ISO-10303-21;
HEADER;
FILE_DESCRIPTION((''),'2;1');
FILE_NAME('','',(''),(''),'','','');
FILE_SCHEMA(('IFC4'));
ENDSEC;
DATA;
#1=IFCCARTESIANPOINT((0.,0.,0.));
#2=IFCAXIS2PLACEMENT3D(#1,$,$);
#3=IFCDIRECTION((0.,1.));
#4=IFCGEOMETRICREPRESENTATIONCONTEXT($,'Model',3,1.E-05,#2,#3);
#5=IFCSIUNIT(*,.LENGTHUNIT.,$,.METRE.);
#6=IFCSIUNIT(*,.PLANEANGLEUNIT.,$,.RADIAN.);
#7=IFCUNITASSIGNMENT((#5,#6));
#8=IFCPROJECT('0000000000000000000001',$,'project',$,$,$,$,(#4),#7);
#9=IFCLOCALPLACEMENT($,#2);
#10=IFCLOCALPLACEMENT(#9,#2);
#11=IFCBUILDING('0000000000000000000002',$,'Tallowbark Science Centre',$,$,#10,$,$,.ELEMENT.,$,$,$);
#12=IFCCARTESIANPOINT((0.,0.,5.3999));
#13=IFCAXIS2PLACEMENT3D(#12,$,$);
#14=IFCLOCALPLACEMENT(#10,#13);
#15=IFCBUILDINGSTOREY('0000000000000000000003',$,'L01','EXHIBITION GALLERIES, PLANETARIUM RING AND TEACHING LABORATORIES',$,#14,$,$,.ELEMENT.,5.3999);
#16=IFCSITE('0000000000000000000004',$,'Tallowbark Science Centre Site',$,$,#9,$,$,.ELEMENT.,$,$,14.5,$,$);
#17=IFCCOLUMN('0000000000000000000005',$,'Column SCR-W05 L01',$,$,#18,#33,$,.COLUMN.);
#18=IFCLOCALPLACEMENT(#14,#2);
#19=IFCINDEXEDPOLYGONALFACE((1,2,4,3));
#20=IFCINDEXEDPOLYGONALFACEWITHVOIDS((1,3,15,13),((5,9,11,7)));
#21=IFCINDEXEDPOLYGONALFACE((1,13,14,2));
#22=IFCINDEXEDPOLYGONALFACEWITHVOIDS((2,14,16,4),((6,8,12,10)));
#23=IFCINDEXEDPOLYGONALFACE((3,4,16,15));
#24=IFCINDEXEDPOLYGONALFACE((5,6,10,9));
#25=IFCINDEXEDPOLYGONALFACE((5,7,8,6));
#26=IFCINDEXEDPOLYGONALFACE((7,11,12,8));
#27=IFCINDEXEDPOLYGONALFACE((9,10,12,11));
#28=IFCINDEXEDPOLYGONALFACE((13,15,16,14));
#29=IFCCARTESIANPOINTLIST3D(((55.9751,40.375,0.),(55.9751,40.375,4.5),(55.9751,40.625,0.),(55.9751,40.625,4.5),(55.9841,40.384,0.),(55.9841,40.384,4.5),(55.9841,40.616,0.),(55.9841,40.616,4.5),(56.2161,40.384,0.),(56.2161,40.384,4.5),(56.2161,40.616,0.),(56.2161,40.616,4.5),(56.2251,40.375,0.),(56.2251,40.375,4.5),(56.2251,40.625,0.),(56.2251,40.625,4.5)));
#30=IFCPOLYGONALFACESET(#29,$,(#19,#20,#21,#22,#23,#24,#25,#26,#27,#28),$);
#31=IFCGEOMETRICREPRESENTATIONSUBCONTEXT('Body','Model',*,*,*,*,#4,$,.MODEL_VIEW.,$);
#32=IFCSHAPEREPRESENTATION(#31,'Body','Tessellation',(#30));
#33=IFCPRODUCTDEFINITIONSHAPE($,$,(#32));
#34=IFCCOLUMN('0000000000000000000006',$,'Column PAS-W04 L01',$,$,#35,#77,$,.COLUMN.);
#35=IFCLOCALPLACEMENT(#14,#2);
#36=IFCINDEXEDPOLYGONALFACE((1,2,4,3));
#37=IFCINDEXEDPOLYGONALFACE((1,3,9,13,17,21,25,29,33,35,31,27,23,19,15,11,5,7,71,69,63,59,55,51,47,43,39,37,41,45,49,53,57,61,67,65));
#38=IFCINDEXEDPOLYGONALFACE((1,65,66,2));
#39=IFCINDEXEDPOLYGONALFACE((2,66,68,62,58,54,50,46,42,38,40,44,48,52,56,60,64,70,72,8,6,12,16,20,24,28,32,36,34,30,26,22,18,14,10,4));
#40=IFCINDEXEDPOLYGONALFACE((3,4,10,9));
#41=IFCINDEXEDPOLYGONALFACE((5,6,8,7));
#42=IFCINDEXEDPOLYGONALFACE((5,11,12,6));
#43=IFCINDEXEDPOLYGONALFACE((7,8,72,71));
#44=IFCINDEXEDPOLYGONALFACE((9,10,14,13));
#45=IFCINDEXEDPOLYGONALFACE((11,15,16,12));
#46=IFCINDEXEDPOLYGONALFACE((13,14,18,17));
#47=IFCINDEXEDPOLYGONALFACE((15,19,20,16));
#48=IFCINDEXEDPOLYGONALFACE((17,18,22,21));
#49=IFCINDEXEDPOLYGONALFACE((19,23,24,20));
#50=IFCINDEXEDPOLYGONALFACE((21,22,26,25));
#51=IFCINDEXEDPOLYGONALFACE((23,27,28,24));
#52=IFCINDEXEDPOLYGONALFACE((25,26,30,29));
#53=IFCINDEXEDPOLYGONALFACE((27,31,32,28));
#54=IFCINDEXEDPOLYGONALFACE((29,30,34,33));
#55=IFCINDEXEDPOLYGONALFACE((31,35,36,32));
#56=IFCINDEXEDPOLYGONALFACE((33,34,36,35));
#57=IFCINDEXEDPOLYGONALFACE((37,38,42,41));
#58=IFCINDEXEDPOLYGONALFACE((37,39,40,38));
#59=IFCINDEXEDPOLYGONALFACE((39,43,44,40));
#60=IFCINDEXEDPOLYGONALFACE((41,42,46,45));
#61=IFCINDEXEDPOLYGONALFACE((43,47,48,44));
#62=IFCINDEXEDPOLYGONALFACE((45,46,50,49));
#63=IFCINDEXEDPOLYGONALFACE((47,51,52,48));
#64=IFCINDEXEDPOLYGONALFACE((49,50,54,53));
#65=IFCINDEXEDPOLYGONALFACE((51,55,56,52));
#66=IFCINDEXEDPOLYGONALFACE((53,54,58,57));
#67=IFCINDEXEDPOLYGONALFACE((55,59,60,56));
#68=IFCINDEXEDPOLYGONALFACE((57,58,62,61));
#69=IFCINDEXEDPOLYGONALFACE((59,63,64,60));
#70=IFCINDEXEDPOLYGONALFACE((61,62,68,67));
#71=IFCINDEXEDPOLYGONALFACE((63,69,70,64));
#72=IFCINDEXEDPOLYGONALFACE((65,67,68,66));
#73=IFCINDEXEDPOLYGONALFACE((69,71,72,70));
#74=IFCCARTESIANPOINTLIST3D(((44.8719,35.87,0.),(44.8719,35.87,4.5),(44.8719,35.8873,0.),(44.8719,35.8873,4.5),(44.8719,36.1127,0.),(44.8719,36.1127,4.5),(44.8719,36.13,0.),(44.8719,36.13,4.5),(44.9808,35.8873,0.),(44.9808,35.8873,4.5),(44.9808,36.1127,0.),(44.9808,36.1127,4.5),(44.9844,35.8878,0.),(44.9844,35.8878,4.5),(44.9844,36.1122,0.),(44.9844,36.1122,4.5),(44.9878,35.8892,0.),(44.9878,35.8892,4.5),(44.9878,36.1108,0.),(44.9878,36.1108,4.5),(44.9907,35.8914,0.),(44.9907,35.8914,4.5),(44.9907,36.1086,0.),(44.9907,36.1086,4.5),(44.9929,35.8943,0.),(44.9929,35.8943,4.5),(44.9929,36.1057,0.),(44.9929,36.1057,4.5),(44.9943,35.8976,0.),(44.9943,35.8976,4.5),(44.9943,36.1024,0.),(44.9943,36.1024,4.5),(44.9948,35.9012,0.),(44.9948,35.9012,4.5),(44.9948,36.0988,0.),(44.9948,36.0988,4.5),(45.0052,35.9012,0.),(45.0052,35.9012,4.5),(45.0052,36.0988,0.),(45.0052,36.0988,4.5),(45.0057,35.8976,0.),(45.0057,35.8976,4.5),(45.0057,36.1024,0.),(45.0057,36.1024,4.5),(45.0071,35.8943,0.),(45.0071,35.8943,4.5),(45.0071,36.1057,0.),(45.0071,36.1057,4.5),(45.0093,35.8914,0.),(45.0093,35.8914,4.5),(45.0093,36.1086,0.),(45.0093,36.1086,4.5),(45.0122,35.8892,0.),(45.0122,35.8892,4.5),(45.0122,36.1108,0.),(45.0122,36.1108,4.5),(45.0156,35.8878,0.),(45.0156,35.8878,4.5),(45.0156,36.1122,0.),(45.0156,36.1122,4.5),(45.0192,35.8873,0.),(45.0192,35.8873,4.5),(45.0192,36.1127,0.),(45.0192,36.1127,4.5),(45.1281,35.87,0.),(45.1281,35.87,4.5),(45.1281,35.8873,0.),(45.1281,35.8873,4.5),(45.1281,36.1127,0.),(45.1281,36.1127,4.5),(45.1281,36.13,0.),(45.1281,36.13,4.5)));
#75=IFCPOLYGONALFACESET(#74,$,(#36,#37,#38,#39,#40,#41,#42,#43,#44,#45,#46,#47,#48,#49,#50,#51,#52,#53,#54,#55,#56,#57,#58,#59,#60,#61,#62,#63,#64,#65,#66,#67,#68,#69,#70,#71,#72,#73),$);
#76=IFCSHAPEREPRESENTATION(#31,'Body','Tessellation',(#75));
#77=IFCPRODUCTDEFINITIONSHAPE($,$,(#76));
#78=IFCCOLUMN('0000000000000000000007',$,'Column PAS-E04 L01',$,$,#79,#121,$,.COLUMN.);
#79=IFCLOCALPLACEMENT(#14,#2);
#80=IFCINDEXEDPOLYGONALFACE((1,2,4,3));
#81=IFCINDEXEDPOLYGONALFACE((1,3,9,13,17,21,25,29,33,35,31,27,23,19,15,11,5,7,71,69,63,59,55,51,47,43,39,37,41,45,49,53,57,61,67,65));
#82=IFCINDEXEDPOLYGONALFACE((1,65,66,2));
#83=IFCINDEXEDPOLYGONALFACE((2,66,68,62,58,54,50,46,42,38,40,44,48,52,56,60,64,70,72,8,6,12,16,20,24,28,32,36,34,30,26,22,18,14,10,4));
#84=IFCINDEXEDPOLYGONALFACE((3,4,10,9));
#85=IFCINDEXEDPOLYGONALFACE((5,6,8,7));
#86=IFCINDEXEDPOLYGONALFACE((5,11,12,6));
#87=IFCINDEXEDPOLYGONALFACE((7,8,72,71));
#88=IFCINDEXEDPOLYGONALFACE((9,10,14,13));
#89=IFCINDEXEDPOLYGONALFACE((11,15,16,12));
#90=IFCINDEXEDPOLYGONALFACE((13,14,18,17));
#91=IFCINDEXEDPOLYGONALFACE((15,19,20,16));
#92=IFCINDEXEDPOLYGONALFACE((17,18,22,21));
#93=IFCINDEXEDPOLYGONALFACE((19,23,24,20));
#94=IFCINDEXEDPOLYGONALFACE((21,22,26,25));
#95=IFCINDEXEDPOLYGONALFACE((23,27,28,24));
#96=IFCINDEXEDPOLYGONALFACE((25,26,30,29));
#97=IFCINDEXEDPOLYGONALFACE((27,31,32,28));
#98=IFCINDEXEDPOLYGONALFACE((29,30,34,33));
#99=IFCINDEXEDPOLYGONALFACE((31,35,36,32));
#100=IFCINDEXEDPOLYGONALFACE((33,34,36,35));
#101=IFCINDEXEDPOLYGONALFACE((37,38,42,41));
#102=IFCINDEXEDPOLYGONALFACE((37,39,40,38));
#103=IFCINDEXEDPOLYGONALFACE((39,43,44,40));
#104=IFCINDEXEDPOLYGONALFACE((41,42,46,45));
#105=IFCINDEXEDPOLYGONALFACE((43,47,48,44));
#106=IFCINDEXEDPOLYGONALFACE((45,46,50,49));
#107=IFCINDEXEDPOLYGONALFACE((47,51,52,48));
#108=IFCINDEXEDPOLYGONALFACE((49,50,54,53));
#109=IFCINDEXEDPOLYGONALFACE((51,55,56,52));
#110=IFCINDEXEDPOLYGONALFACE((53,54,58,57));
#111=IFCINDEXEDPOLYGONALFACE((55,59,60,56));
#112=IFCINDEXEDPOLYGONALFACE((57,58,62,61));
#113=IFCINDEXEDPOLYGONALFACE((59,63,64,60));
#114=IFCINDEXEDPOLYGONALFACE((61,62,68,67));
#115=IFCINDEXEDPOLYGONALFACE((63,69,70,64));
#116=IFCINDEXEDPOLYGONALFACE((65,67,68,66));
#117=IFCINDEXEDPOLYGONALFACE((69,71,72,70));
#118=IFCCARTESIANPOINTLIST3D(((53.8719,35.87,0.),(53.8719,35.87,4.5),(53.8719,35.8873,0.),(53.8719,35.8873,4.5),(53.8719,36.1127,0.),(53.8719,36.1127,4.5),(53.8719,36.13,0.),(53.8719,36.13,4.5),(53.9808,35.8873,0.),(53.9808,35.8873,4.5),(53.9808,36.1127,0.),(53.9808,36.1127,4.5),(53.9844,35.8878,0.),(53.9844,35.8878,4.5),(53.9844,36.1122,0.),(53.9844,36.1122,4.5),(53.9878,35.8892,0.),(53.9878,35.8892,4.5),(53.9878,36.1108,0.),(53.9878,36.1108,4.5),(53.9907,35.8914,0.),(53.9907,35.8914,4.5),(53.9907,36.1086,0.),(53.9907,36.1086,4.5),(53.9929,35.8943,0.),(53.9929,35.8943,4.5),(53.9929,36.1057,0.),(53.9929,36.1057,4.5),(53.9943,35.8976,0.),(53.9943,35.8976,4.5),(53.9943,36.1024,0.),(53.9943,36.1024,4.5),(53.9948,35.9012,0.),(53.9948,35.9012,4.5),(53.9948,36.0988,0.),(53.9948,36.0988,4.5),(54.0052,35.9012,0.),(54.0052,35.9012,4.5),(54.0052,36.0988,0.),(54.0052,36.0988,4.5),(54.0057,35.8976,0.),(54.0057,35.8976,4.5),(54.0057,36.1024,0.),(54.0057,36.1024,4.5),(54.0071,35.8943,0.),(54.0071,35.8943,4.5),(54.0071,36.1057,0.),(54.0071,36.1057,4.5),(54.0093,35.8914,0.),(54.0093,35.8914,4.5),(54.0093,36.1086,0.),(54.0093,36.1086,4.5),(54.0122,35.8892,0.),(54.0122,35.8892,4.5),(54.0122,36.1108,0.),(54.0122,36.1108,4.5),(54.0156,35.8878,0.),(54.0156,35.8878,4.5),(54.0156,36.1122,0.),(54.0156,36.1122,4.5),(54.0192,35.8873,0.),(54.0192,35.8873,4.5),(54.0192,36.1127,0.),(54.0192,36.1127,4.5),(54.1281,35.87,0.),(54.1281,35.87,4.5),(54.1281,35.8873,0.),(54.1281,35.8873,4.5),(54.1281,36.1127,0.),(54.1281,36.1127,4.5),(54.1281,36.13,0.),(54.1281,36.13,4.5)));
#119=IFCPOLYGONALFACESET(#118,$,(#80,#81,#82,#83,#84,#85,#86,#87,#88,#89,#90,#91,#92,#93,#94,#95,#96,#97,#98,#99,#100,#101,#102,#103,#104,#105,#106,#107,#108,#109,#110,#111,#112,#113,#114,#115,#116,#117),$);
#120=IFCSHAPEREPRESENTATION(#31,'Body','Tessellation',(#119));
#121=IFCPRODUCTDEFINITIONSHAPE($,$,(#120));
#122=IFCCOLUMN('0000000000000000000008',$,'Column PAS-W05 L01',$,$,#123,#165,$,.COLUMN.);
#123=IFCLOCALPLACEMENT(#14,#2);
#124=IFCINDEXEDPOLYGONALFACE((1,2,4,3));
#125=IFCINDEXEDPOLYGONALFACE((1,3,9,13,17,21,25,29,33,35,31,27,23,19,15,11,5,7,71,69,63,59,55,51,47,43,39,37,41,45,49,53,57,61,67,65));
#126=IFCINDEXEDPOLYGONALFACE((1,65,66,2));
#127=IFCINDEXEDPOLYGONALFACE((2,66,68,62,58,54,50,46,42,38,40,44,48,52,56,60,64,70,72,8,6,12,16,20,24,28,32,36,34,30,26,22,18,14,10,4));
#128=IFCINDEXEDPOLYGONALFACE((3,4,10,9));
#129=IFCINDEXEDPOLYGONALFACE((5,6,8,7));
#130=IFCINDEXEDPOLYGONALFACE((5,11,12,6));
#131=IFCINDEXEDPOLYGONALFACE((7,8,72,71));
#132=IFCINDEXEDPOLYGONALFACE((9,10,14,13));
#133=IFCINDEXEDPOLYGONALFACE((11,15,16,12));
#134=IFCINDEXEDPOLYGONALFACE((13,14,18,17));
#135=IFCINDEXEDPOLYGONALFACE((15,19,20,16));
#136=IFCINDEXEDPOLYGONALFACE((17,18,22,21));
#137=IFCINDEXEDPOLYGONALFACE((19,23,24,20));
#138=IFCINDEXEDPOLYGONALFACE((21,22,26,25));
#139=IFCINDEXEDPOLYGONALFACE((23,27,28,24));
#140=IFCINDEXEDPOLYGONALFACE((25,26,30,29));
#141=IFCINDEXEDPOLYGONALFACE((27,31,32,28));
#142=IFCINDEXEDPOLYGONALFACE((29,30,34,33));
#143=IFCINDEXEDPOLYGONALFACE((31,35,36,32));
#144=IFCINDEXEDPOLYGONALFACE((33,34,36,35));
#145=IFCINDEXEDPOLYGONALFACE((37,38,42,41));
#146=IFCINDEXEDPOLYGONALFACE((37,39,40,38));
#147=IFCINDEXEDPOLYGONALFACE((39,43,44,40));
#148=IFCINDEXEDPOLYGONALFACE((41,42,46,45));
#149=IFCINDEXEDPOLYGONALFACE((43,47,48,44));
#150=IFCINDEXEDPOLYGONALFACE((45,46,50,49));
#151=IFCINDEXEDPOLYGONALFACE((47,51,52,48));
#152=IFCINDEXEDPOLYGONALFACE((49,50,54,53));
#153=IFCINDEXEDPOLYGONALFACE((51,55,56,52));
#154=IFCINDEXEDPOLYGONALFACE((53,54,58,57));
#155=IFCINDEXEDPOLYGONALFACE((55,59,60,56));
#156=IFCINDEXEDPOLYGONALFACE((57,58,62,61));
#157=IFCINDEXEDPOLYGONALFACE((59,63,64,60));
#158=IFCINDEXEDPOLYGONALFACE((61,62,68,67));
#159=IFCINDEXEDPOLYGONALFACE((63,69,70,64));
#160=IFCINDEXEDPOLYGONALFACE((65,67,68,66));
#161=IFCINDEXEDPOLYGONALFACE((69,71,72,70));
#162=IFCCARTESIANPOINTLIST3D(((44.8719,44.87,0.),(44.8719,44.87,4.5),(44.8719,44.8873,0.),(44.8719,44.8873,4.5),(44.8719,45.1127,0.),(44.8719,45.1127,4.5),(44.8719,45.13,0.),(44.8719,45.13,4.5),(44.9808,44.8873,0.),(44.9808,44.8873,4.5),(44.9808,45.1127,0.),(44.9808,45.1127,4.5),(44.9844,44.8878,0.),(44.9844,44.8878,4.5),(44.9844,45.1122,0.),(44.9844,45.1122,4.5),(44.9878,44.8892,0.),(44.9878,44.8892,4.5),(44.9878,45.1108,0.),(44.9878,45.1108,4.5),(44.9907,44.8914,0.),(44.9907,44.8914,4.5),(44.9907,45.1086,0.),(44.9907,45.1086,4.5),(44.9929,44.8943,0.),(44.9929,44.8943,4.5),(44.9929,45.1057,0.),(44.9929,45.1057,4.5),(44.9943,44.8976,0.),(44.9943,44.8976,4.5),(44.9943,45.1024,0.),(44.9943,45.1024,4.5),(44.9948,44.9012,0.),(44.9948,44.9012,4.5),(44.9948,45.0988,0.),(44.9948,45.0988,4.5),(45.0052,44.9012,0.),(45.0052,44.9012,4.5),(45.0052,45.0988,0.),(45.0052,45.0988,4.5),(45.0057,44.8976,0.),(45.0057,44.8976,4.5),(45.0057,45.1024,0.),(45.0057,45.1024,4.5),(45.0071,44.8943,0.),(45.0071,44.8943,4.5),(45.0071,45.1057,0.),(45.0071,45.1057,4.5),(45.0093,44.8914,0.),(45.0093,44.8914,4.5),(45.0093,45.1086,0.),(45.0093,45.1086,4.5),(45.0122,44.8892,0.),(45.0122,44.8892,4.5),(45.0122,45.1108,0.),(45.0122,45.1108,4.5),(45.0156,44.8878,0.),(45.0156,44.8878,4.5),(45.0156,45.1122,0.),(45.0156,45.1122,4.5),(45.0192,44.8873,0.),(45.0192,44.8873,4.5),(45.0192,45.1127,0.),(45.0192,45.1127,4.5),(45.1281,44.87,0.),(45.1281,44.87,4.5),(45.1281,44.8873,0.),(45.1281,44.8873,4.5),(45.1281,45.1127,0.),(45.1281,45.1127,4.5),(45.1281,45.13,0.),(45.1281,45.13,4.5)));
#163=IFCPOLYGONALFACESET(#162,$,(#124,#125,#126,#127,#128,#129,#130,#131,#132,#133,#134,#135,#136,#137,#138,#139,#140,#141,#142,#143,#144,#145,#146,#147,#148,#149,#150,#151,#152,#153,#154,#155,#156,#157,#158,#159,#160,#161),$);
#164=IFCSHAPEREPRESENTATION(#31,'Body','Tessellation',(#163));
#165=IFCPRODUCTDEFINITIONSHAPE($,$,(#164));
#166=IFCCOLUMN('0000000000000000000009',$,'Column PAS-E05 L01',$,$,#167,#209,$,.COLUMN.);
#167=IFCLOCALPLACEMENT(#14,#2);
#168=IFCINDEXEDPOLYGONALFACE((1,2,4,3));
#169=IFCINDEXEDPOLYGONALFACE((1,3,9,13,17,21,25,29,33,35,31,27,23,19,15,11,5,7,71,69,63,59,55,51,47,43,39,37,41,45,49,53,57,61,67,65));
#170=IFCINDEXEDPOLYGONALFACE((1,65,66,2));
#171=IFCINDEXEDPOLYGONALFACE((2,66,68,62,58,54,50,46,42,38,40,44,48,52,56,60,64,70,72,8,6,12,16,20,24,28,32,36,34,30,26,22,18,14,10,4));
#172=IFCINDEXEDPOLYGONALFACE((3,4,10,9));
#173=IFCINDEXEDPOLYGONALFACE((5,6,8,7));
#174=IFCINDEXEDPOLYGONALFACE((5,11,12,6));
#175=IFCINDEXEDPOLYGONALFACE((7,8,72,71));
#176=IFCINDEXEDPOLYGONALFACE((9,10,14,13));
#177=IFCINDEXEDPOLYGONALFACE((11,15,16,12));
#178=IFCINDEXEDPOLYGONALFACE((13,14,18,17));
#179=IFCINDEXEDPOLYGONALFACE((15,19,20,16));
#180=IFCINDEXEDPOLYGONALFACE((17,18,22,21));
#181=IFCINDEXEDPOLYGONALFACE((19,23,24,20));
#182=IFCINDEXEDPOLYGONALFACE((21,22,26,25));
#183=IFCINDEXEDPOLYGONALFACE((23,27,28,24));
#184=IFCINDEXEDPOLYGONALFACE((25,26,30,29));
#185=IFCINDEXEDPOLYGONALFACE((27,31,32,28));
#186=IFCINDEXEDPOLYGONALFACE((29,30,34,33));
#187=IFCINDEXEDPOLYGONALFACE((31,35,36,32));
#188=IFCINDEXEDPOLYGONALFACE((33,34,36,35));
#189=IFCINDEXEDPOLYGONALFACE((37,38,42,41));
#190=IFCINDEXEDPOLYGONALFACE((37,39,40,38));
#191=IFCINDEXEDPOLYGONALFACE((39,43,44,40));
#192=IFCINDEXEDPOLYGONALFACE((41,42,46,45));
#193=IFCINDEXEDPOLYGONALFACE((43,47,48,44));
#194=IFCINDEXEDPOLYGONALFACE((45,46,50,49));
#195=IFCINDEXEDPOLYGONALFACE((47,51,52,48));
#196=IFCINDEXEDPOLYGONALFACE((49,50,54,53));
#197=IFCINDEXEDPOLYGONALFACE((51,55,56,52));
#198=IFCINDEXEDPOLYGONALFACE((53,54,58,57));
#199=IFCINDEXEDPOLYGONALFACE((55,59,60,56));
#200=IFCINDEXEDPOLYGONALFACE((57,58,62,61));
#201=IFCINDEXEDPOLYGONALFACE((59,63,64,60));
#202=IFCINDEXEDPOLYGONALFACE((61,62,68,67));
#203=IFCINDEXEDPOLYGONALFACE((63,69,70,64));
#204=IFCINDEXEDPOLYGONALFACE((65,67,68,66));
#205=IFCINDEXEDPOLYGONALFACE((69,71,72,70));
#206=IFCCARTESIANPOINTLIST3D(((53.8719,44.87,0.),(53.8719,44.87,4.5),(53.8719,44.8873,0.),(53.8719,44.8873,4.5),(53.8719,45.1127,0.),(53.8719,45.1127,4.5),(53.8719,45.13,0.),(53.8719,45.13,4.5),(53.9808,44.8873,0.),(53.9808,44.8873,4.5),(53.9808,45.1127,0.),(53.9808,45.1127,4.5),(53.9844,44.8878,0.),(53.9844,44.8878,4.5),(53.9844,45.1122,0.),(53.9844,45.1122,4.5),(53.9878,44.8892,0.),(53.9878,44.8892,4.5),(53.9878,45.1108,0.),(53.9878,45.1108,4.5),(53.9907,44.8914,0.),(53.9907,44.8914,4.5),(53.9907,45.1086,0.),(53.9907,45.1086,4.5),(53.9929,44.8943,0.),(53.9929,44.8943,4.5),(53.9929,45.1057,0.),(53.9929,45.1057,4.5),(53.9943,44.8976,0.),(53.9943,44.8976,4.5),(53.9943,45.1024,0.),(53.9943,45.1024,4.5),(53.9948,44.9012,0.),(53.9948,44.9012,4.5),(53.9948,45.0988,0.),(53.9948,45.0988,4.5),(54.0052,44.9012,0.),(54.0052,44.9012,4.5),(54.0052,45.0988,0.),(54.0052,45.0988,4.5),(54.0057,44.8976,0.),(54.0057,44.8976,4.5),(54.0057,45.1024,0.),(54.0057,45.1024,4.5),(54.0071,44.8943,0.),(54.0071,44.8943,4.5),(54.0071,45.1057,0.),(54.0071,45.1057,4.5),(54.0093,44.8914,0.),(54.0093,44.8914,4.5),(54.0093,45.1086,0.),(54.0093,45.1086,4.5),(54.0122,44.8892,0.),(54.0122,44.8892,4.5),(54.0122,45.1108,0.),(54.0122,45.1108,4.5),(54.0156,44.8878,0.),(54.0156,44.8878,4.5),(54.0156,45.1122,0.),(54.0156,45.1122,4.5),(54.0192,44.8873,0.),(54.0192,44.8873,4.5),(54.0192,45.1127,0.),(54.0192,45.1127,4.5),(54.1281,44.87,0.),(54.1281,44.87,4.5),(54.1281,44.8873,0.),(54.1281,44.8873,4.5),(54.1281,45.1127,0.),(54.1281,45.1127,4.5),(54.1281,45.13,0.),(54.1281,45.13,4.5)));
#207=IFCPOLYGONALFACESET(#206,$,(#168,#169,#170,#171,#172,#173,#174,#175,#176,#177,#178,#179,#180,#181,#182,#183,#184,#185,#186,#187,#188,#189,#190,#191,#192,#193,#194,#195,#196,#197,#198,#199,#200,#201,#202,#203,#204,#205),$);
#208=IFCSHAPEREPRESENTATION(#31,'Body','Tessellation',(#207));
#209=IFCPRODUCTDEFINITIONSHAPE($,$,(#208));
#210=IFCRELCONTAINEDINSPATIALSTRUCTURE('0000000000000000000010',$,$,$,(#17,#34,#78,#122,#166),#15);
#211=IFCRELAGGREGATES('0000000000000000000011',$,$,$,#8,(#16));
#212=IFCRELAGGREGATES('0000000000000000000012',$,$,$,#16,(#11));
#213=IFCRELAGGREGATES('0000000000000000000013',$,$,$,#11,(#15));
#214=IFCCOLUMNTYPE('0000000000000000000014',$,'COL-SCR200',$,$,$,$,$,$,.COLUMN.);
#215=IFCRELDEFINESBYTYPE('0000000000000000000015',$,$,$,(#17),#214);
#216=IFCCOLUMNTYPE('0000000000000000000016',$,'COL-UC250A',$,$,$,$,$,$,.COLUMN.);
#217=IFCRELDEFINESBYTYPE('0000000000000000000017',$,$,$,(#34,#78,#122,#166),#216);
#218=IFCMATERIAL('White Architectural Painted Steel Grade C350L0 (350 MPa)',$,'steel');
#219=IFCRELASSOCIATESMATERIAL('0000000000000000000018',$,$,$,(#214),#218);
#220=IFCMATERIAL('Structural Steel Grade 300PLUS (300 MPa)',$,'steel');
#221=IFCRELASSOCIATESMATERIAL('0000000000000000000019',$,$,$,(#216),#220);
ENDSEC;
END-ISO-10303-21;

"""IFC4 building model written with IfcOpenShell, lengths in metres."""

from ifc_helpers import new_model, si_unit, direction, frame, origin, origin_2d, place, context, subcontext, project, spatial, hollow_rectangle, i_section, extrude, material, material_profile, profile_set, type_object, element, save


model = new_model("IFC4")

# Units and contexts
model_context = context("Model", 3, precision=1e-05, world=origin(), true_north=direction((0.0, 1.0)))
body_context = subcontext(model_context, "Body", "Model", "MODEL_VIEW")
ifc_project = project(units=[si_unit("LENGTHUNIT", "METRE"), si_unit("PLANEANGLEUNIT", "RADIAN")], contexts=[model_context])

# Site, building, storey
site_placement = place(None, origin())
site = spatial("IfcSite", under=ifc_project, at=site_placement, Name="Tallowbark Science Centre Site", CompositionType="ELEMENT", RefElevation=14.5)
building_placement = place(site_placement, origin())
building = spatial("IfcBuilding", under=site, at=building_placement, Name="Tallowbark Science Centre", CompositionType="ELEMENT")
storey_placement = place(building_placement, frame((0.0, 0.0, 5.3999)))
storey = spatial("IfcBuildingStorey", under=building, at=storey_placement, Name="L01", Description="EXHIBITION GALLERIES, PLANETARIUM RING AND TEACHING LABORATORIES", CompositionType="ELEMENT", Elevation=5.3999)

# Columns
ifc_material_1 = material(Name="White Architectural Painted Steel Grade C350L0 (350 MPa)", Category="steel")
ifc_material_profile_1 = material_profile(ifc_material_1, hollow_rectangle(XDim=0.25, YDim=0.25, WallThickness=0.009, at=origin_2d()), Name="250x250x9.0SHS")
ifc_profile_set_1 = profile_set([ifc_material_profile_1], Name="White Architectural Painted Steel Grade C350L0 (350 MPa)")
column_type_1 = type_object("IfcColumnType", Name="COL-SCR200", PredefinedType="COLUMN", material=ifc_profile_set_1)
column_1_placement = place(storey_placement, frame((56.1001, 40.5, 0.0), z_axis=(0.0, 0.0, 1.0), x_axis=(1.0, 0.0, 0.0)))
element("IfcColumn", 1, at=column_1_placement, inside=storey, type_object=column_type_1, Name="Column SCR-W05 L01", PredefinedType="COLUMN", context=body_context, shape_type="SweptSolid", body=[
    extrude(hollow_rectangle(XDim=0.25, YDim=0.25, WallThickness=0.009, at=origin_2d()), origin(), (0.0, 0.0, 1.0), 4.5),
])
ifc_material_2 = material(Name="Structural Steel Grade 300PLUS (300 MPa)", Category="steel")
ifc_material_profile_2 = material_profile(ifc_material_2, i_section(OverallWidth=0.2561, OverallDepth=0.26, WebThickness=0.0105, FlangeThickness=0.0173, FilletRadius=0.0139, at=origin_2d()), Name="250UC89.5")
ifc_profile_set_2 = profile_set([ifc_material_profile_2], Name="Structural Steel Grade 300PLUS (300 MPa)")
column_type_2 = type_object("IfcColumnType", Name="COL-UC250A", PredefinedType="COLUMN", material=ifc_profile_set_2)
for number, where, z_axis, x_axis, name in (
    (2, (45.0, 36.0, 0.0), (0.0, 0.0, 1.0), (1.0, 0.0, 0.0), "Column PAS-W04 L01"),
    (3, (54.0, 36.0, 0.0), (0.0, 0.0, 1.0), (1.0, 0.0, 0.0), "Column PAS-E04 L01"),
    (4, (45.0, 45.0, 0.0), (0.0, 0.0, 1.0), (1.0, 0.0, 0.0), "Column PAS-W05 L01"),
    (5, (54.0, 45.0, 0.0), (0.0, 0.0, 1.0), (1.0, 0.0, 0.0), "Column PAS-E05 L01"),
):
    element("IfcColumn", number, at=place(storey_placement, frame(where, z_axis=z_axis, x_axis=x_axis)), inside=storey, type_object=column_type_2, Name=name, PredefinedType="COLUMN", context=body_context, shape_type="SweptSolid", body=[
        extrude(i_section(OverallWidth=0.2561, OverallDepth=0.26, WebThickness=0.0105, FlangeThickness=0.0173, FilletRadius=0.0139, at=origin_2d()), origin(), (0.0, 0.0, 1.0), 4.5),
    ])

save(model, "model.ifc")
